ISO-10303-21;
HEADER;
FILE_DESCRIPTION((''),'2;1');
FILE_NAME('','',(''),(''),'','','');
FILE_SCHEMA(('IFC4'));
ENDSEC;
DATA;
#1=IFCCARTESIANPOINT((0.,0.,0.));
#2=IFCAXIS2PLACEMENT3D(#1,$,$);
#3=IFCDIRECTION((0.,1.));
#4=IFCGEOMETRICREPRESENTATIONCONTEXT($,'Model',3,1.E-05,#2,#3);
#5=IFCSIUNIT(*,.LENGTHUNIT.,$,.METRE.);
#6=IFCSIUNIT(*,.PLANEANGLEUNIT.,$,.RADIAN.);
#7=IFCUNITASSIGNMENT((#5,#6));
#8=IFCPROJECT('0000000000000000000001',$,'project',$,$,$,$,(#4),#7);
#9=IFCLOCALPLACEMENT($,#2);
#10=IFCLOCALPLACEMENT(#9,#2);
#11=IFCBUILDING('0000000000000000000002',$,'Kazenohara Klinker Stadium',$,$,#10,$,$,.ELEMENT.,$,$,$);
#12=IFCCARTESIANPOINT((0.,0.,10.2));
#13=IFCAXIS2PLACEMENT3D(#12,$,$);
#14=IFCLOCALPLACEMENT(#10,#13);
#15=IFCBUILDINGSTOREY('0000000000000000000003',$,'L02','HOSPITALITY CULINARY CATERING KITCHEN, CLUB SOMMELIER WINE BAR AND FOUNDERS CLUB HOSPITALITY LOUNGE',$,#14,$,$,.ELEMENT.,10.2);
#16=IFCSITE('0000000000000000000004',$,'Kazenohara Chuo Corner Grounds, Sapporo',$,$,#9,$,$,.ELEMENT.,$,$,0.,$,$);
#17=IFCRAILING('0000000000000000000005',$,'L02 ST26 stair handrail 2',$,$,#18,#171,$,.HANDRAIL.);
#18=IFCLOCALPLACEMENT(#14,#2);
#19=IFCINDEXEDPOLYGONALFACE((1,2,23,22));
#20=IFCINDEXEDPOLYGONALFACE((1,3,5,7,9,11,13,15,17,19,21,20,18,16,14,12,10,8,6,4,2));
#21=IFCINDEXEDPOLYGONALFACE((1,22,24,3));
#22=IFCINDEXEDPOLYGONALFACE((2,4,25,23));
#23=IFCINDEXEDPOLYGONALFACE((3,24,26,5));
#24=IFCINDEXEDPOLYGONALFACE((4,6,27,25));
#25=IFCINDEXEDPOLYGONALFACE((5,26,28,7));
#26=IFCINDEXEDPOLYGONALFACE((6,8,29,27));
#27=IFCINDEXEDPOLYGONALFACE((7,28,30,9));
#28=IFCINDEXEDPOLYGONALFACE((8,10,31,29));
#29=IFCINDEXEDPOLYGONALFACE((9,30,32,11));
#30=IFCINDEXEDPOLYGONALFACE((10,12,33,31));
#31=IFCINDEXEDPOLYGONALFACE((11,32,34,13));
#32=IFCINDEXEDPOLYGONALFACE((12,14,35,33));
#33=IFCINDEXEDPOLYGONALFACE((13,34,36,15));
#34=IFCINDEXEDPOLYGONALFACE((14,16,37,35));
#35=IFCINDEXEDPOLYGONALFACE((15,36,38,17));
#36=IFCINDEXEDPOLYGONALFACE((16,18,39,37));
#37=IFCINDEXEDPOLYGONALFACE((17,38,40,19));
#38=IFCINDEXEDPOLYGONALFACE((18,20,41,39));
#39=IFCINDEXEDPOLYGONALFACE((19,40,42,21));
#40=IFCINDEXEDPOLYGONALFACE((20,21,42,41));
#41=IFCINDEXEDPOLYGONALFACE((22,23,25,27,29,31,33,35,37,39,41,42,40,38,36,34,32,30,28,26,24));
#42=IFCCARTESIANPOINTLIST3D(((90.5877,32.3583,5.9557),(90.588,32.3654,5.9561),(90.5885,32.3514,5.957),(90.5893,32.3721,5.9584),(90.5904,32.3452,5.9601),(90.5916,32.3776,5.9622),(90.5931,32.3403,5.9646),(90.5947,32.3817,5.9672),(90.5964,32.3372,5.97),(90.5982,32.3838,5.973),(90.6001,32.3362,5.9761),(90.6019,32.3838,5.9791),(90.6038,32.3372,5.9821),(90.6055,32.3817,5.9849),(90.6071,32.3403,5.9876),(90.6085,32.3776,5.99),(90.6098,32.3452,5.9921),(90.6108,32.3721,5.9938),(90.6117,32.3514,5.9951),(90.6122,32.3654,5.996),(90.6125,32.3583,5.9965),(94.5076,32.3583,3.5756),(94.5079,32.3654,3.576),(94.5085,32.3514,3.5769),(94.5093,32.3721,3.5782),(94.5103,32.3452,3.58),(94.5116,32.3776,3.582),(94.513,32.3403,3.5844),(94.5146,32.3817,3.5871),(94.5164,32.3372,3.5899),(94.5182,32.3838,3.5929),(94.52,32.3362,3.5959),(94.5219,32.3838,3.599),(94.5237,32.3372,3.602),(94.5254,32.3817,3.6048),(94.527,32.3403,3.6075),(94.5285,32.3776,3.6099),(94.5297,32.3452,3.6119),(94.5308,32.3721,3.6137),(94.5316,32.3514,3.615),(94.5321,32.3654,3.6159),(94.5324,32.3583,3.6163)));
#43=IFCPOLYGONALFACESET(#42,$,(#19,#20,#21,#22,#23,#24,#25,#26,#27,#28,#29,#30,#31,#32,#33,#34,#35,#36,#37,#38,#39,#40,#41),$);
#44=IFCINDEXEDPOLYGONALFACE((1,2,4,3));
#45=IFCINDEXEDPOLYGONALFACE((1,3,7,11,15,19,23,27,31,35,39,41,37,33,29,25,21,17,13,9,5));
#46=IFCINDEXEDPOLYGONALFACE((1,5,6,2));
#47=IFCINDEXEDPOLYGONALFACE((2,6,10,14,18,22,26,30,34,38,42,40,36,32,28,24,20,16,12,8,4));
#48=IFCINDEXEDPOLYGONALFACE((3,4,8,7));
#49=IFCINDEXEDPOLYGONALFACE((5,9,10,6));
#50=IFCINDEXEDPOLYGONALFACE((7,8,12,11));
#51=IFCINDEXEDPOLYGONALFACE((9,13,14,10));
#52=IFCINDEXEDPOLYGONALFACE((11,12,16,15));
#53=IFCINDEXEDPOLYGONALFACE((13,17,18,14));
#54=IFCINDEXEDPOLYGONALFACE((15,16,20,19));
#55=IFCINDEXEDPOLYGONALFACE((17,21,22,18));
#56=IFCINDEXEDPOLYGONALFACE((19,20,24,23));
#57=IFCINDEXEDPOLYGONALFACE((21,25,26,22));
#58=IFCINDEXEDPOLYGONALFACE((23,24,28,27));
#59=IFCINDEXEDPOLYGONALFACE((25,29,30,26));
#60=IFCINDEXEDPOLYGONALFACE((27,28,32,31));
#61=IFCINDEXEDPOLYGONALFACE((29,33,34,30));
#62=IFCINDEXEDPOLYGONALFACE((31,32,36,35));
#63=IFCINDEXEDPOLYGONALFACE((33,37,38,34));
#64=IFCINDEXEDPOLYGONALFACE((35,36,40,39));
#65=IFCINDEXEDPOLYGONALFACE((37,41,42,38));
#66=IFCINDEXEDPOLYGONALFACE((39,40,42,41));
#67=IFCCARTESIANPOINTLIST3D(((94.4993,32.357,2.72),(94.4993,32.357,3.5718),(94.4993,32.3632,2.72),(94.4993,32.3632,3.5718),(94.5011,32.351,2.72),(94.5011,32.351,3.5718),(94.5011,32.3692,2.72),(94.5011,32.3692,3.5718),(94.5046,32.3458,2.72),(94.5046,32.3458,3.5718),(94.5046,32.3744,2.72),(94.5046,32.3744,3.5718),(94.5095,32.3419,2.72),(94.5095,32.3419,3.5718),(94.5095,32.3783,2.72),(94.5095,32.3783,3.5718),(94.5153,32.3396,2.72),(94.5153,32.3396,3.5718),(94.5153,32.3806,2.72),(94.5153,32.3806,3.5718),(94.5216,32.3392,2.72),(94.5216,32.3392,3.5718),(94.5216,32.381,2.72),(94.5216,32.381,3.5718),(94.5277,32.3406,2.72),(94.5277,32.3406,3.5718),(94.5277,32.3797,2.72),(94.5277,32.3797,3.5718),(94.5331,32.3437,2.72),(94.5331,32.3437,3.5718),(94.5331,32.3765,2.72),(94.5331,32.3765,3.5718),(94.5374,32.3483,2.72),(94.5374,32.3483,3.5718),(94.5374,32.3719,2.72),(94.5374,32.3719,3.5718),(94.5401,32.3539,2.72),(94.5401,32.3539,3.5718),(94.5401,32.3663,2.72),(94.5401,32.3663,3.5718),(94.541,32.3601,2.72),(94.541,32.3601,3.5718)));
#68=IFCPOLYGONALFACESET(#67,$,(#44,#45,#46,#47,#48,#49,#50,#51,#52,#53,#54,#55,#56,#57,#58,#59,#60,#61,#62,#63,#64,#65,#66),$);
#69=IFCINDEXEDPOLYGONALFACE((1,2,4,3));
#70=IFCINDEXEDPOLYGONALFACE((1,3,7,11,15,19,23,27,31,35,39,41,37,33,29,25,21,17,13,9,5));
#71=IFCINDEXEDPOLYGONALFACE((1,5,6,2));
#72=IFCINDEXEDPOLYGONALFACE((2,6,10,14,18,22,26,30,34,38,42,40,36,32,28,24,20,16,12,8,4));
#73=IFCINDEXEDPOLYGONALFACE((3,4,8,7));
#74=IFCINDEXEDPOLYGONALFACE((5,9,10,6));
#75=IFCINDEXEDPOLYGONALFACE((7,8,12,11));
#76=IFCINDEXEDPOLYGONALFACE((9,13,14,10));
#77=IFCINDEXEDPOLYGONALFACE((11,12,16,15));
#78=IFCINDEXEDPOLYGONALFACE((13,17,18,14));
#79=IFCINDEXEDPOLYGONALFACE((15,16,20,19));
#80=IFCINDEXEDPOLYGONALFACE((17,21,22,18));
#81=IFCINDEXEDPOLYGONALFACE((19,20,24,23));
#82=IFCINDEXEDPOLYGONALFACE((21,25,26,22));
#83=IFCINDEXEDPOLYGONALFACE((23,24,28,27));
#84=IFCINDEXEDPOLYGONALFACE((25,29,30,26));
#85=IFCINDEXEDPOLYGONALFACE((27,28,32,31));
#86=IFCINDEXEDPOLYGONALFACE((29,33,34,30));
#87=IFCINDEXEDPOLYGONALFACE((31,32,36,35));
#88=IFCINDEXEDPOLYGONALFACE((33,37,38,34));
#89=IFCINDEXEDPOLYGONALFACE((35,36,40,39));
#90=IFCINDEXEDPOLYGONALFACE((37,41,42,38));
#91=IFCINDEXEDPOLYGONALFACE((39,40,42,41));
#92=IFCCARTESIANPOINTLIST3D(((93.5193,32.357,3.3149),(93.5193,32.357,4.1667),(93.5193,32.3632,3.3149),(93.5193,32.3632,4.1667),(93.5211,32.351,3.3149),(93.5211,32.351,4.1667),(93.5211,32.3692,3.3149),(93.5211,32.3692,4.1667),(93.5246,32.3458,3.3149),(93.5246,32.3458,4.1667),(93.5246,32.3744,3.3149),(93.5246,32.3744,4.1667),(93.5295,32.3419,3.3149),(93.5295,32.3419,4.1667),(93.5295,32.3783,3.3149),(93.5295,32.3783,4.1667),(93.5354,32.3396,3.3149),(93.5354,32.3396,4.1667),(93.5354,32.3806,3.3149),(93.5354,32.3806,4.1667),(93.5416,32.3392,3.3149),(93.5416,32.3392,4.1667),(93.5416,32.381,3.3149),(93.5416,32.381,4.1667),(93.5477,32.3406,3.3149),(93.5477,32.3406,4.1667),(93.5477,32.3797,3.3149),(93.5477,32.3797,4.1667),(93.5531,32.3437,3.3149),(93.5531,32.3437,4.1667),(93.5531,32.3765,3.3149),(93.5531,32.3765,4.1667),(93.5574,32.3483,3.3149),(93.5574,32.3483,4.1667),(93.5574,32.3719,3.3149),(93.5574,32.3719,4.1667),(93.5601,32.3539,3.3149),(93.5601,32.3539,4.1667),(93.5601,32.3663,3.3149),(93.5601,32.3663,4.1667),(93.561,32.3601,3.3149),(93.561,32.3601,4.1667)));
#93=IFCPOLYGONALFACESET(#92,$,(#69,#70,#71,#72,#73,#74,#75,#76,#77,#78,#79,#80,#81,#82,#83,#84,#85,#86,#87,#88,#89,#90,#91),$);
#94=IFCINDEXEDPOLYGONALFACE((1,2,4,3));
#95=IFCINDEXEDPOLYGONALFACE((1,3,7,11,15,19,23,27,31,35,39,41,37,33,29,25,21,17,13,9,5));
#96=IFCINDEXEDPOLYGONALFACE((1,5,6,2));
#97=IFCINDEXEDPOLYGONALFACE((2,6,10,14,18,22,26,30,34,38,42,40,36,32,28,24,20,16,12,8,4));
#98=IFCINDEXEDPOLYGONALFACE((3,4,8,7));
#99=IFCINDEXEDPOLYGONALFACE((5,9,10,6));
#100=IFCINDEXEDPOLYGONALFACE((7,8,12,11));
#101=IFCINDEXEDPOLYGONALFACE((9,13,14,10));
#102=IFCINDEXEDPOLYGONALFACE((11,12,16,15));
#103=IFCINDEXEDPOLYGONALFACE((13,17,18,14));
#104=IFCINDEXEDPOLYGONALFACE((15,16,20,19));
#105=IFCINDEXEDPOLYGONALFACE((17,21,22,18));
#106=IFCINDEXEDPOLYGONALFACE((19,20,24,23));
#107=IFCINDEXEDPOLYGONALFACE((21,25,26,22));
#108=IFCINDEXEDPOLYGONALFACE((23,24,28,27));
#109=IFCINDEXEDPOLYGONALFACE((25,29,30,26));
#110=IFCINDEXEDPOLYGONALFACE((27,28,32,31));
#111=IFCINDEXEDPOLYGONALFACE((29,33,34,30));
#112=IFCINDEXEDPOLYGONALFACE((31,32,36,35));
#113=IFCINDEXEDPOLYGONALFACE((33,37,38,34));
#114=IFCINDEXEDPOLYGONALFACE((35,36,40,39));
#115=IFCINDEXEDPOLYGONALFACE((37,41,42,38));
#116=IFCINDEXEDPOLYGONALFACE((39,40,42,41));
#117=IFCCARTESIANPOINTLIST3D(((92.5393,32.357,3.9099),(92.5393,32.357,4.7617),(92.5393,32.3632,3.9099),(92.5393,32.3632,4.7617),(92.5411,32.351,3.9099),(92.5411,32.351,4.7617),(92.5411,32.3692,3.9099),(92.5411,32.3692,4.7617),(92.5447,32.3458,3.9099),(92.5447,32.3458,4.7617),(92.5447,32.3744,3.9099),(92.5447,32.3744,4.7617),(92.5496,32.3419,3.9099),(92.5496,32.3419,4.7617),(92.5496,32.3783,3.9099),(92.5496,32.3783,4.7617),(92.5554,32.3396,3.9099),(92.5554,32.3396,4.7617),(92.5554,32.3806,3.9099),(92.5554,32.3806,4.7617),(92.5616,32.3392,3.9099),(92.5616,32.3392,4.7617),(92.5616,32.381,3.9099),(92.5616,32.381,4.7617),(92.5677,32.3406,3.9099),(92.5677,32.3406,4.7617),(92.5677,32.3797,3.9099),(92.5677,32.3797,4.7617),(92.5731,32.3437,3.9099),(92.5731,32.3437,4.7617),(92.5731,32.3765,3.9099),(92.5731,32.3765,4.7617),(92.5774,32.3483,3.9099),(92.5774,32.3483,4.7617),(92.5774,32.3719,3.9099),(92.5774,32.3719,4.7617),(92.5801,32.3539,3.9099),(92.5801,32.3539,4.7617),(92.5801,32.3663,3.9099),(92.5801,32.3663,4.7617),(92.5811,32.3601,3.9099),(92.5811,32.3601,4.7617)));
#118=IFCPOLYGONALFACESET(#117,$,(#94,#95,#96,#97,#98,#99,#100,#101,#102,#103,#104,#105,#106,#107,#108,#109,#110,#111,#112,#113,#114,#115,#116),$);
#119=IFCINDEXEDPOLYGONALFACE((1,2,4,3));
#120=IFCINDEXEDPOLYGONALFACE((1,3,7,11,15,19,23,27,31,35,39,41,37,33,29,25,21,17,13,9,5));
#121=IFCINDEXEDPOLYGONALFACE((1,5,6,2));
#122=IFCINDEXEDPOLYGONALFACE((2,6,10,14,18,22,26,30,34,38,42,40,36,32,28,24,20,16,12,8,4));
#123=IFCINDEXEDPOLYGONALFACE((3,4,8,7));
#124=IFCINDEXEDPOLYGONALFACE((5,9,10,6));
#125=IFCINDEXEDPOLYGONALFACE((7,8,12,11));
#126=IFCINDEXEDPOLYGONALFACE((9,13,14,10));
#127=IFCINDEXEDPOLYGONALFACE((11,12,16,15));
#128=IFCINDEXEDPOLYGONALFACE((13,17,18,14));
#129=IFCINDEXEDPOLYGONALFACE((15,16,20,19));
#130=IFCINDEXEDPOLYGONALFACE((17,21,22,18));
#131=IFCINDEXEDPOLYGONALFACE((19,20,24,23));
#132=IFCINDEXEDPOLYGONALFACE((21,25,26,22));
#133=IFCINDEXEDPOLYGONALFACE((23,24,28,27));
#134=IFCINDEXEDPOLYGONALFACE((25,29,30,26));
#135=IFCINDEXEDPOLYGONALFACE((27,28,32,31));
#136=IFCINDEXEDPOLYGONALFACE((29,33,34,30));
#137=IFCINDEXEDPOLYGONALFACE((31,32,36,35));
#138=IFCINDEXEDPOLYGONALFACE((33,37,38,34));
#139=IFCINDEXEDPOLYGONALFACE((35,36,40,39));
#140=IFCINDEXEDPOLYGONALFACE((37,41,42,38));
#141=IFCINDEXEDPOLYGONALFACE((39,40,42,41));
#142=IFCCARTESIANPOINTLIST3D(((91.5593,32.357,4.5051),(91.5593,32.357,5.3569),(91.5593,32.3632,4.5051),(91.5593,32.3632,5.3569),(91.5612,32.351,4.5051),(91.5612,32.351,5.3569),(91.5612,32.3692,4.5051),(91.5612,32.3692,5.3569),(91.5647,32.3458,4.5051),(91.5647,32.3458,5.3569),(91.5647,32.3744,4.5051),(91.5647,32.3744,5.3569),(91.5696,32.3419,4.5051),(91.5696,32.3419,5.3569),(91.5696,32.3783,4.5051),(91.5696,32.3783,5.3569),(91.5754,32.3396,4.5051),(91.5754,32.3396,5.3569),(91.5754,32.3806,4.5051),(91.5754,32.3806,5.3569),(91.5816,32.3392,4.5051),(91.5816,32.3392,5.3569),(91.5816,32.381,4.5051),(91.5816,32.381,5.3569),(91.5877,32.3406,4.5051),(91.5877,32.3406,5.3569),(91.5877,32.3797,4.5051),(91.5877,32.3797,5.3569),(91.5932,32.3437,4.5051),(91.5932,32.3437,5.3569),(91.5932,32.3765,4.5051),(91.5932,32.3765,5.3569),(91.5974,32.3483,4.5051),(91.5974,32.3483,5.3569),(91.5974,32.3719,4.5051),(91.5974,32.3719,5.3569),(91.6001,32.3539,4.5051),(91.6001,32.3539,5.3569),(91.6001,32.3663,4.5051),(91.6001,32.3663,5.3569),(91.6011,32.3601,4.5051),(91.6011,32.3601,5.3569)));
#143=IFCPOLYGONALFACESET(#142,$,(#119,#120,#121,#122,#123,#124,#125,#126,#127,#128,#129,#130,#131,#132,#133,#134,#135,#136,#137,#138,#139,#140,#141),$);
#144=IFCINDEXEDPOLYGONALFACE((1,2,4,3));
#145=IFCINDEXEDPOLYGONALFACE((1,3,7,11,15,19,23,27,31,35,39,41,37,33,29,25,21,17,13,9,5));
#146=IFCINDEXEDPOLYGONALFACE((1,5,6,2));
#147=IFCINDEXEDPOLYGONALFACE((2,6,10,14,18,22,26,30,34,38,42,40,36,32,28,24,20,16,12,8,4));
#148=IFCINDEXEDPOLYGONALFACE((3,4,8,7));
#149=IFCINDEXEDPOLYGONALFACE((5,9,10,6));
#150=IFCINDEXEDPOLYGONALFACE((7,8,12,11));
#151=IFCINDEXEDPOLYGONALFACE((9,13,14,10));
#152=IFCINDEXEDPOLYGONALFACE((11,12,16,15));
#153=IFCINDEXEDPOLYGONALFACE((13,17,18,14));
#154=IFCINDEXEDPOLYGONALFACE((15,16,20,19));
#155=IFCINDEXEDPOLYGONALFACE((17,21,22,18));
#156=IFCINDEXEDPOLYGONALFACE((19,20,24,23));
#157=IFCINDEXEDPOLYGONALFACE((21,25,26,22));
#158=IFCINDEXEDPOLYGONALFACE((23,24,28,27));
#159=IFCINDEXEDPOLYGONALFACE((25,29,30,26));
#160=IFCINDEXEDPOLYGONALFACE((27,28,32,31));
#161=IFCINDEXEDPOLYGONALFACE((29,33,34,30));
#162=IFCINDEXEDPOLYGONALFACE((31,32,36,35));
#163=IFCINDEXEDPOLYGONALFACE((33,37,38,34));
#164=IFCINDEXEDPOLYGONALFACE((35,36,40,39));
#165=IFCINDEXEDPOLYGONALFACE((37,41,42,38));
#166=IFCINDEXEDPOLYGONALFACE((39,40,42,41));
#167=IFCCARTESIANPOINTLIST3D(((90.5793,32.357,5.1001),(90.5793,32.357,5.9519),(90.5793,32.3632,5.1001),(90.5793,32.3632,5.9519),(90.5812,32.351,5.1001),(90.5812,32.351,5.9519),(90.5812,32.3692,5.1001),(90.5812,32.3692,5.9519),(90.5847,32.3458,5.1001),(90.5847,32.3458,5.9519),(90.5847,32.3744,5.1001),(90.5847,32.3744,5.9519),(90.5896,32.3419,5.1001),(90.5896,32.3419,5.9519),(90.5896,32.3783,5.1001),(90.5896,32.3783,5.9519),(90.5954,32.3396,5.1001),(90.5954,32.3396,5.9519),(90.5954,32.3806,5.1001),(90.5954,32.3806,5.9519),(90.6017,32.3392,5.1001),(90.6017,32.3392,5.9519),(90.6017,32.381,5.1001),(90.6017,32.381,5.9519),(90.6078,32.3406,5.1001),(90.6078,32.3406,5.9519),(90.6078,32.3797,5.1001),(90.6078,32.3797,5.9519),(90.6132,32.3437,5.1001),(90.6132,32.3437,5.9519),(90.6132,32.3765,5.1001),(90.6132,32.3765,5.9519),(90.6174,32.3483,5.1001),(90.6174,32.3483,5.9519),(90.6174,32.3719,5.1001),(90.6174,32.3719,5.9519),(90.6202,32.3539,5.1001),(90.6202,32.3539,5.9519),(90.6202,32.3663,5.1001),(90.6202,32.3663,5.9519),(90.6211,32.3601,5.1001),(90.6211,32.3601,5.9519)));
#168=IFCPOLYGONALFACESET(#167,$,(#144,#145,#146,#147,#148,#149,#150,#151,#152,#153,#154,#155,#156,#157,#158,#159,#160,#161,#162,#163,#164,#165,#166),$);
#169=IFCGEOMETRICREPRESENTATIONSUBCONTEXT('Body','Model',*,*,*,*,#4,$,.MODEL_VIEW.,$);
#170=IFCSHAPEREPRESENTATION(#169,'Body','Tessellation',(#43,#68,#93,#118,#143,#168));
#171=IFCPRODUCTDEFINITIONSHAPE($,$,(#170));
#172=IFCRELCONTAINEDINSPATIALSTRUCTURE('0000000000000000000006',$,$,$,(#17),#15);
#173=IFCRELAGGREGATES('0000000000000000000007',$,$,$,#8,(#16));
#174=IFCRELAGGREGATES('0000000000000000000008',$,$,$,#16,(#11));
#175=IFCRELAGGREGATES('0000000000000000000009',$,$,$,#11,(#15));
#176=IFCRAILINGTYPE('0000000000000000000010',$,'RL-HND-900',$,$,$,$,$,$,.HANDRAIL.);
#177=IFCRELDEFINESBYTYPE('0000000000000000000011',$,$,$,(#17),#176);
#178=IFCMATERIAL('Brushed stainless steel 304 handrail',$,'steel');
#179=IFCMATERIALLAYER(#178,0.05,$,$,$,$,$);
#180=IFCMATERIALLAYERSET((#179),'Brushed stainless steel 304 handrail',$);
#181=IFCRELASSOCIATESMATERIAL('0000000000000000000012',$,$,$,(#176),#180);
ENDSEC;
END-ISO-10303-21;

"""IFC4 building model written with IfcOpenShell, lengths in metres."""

from ifc_helpers import new_model, si_unit, direction, frame, origin, origin_2d, place, context, subcontext, project, spatial, circle, extrude, material, layer, layer_set, type_object, element, save


model = new_model("IFC4")

# Units and contexts
model_context = context("Model", 3, precision=1e-05, world=origin(), true_north=direction((0.0, 1.0)))
body_context = subcontext(model_context, "Body", "Model", "MODEL_VIEW")
ifc_project = project(units=[si_unit("LENGTHUNIT", "METRE"), si_unit("PLANEANGLEUNIT", "RADIAN")], contexts=[model_context])

# Site, building, storey
site_placement = place(None, origin())
site = spatial("IfcSite", under=ifc_project, at=site_placement, Name="Kazenohara Chuo Corner Grounds, Sapporo", CompositionType="ELEMENT", RefElevation=0.0)
building_placement = place(site_placement, origin())
building = spatial("IfcBuilding", under=site, at=building_placement, Name="Kazenohara Klinker Stadium", CompositionType="ELEMENT")
storey_placement = place(building_placement, frame((0.0, 0.0, 10.2)))
storey = spatial("IfcBuildingStorey", under=building, at=storey_placement, Name="L02", Description="HOSPITALITY CULINARY CATERING KITCHEN, CLUB SOMMELIER WINE BAR AND FOUNDERS CLUB HOSPITALITY LOUNGE", CompositionType="ELEMENT", Elevation=10.2)

# Railing
ifc_material_1 = material(Name="Brushed stainless steel 304 handrail", Category="steel")
ifc_layer_1 = layer(ifc_material_1, 0.05)
ifc_layer_set_1 = layer_set([ifc_layer_1], Name="Brushed stainless steel 304 handrail")
railing_type_1 = type_object("IfcRailingType", Name="RL-HND-900", PredefinedType="HANDRAIL", material=ifc_layer_set_1)
railing_1_placement = place(storey_placement, frame((94.52, 32.3601, 2.72)))
element("IfcRailing", 1, at=railing_1_placement, inside=storey, type_object=railing_type_1, Name="L02 ST26 stair handrail 2", PredefinedType="HANDRAIL", context=body_context, shape_type="SweptSolid", body=[
    extrude(circle(Radius=0.0239, at=origin_2d()), frame((0.0, 0.0, 0.876), z_axis=(-0.854771, 0.0, 0.519006), x_axis=(0.0, -1.0, 0.0)), (0.0, 0.0, 1.0), 4.5859),
    extrude(circle(Radius=0.021, at=origin_2d()), origin(), (0.0, 0.0, 1.0), 0.8518),
    extrude(circle(Radius=0.021, at=origin_2d()), frame((-0.98, 0.0, 0.595)), (0.0, 0.0, 1.0), 0.8518),
    extrude(circle(Radius=0.021, at=origin_2d()), frame((-1.96, 0.0, 1.1899)), (0.0, 0.0, 1.0), 0.8518),
    extrude(circle(Radius=0.021, at=origin_2d()), frame((-2.9399, 0.0, 1.7852)), (0.0, 0.0, 1.0), 0.8518),
    extrude(circle(Radius=0.021, at=origin_2d()), frame((-3.9199, 0.0, 2.3801)), (0.0, 0.0, 1.0), 0.8518),
])

save(model, "model.ifc")
